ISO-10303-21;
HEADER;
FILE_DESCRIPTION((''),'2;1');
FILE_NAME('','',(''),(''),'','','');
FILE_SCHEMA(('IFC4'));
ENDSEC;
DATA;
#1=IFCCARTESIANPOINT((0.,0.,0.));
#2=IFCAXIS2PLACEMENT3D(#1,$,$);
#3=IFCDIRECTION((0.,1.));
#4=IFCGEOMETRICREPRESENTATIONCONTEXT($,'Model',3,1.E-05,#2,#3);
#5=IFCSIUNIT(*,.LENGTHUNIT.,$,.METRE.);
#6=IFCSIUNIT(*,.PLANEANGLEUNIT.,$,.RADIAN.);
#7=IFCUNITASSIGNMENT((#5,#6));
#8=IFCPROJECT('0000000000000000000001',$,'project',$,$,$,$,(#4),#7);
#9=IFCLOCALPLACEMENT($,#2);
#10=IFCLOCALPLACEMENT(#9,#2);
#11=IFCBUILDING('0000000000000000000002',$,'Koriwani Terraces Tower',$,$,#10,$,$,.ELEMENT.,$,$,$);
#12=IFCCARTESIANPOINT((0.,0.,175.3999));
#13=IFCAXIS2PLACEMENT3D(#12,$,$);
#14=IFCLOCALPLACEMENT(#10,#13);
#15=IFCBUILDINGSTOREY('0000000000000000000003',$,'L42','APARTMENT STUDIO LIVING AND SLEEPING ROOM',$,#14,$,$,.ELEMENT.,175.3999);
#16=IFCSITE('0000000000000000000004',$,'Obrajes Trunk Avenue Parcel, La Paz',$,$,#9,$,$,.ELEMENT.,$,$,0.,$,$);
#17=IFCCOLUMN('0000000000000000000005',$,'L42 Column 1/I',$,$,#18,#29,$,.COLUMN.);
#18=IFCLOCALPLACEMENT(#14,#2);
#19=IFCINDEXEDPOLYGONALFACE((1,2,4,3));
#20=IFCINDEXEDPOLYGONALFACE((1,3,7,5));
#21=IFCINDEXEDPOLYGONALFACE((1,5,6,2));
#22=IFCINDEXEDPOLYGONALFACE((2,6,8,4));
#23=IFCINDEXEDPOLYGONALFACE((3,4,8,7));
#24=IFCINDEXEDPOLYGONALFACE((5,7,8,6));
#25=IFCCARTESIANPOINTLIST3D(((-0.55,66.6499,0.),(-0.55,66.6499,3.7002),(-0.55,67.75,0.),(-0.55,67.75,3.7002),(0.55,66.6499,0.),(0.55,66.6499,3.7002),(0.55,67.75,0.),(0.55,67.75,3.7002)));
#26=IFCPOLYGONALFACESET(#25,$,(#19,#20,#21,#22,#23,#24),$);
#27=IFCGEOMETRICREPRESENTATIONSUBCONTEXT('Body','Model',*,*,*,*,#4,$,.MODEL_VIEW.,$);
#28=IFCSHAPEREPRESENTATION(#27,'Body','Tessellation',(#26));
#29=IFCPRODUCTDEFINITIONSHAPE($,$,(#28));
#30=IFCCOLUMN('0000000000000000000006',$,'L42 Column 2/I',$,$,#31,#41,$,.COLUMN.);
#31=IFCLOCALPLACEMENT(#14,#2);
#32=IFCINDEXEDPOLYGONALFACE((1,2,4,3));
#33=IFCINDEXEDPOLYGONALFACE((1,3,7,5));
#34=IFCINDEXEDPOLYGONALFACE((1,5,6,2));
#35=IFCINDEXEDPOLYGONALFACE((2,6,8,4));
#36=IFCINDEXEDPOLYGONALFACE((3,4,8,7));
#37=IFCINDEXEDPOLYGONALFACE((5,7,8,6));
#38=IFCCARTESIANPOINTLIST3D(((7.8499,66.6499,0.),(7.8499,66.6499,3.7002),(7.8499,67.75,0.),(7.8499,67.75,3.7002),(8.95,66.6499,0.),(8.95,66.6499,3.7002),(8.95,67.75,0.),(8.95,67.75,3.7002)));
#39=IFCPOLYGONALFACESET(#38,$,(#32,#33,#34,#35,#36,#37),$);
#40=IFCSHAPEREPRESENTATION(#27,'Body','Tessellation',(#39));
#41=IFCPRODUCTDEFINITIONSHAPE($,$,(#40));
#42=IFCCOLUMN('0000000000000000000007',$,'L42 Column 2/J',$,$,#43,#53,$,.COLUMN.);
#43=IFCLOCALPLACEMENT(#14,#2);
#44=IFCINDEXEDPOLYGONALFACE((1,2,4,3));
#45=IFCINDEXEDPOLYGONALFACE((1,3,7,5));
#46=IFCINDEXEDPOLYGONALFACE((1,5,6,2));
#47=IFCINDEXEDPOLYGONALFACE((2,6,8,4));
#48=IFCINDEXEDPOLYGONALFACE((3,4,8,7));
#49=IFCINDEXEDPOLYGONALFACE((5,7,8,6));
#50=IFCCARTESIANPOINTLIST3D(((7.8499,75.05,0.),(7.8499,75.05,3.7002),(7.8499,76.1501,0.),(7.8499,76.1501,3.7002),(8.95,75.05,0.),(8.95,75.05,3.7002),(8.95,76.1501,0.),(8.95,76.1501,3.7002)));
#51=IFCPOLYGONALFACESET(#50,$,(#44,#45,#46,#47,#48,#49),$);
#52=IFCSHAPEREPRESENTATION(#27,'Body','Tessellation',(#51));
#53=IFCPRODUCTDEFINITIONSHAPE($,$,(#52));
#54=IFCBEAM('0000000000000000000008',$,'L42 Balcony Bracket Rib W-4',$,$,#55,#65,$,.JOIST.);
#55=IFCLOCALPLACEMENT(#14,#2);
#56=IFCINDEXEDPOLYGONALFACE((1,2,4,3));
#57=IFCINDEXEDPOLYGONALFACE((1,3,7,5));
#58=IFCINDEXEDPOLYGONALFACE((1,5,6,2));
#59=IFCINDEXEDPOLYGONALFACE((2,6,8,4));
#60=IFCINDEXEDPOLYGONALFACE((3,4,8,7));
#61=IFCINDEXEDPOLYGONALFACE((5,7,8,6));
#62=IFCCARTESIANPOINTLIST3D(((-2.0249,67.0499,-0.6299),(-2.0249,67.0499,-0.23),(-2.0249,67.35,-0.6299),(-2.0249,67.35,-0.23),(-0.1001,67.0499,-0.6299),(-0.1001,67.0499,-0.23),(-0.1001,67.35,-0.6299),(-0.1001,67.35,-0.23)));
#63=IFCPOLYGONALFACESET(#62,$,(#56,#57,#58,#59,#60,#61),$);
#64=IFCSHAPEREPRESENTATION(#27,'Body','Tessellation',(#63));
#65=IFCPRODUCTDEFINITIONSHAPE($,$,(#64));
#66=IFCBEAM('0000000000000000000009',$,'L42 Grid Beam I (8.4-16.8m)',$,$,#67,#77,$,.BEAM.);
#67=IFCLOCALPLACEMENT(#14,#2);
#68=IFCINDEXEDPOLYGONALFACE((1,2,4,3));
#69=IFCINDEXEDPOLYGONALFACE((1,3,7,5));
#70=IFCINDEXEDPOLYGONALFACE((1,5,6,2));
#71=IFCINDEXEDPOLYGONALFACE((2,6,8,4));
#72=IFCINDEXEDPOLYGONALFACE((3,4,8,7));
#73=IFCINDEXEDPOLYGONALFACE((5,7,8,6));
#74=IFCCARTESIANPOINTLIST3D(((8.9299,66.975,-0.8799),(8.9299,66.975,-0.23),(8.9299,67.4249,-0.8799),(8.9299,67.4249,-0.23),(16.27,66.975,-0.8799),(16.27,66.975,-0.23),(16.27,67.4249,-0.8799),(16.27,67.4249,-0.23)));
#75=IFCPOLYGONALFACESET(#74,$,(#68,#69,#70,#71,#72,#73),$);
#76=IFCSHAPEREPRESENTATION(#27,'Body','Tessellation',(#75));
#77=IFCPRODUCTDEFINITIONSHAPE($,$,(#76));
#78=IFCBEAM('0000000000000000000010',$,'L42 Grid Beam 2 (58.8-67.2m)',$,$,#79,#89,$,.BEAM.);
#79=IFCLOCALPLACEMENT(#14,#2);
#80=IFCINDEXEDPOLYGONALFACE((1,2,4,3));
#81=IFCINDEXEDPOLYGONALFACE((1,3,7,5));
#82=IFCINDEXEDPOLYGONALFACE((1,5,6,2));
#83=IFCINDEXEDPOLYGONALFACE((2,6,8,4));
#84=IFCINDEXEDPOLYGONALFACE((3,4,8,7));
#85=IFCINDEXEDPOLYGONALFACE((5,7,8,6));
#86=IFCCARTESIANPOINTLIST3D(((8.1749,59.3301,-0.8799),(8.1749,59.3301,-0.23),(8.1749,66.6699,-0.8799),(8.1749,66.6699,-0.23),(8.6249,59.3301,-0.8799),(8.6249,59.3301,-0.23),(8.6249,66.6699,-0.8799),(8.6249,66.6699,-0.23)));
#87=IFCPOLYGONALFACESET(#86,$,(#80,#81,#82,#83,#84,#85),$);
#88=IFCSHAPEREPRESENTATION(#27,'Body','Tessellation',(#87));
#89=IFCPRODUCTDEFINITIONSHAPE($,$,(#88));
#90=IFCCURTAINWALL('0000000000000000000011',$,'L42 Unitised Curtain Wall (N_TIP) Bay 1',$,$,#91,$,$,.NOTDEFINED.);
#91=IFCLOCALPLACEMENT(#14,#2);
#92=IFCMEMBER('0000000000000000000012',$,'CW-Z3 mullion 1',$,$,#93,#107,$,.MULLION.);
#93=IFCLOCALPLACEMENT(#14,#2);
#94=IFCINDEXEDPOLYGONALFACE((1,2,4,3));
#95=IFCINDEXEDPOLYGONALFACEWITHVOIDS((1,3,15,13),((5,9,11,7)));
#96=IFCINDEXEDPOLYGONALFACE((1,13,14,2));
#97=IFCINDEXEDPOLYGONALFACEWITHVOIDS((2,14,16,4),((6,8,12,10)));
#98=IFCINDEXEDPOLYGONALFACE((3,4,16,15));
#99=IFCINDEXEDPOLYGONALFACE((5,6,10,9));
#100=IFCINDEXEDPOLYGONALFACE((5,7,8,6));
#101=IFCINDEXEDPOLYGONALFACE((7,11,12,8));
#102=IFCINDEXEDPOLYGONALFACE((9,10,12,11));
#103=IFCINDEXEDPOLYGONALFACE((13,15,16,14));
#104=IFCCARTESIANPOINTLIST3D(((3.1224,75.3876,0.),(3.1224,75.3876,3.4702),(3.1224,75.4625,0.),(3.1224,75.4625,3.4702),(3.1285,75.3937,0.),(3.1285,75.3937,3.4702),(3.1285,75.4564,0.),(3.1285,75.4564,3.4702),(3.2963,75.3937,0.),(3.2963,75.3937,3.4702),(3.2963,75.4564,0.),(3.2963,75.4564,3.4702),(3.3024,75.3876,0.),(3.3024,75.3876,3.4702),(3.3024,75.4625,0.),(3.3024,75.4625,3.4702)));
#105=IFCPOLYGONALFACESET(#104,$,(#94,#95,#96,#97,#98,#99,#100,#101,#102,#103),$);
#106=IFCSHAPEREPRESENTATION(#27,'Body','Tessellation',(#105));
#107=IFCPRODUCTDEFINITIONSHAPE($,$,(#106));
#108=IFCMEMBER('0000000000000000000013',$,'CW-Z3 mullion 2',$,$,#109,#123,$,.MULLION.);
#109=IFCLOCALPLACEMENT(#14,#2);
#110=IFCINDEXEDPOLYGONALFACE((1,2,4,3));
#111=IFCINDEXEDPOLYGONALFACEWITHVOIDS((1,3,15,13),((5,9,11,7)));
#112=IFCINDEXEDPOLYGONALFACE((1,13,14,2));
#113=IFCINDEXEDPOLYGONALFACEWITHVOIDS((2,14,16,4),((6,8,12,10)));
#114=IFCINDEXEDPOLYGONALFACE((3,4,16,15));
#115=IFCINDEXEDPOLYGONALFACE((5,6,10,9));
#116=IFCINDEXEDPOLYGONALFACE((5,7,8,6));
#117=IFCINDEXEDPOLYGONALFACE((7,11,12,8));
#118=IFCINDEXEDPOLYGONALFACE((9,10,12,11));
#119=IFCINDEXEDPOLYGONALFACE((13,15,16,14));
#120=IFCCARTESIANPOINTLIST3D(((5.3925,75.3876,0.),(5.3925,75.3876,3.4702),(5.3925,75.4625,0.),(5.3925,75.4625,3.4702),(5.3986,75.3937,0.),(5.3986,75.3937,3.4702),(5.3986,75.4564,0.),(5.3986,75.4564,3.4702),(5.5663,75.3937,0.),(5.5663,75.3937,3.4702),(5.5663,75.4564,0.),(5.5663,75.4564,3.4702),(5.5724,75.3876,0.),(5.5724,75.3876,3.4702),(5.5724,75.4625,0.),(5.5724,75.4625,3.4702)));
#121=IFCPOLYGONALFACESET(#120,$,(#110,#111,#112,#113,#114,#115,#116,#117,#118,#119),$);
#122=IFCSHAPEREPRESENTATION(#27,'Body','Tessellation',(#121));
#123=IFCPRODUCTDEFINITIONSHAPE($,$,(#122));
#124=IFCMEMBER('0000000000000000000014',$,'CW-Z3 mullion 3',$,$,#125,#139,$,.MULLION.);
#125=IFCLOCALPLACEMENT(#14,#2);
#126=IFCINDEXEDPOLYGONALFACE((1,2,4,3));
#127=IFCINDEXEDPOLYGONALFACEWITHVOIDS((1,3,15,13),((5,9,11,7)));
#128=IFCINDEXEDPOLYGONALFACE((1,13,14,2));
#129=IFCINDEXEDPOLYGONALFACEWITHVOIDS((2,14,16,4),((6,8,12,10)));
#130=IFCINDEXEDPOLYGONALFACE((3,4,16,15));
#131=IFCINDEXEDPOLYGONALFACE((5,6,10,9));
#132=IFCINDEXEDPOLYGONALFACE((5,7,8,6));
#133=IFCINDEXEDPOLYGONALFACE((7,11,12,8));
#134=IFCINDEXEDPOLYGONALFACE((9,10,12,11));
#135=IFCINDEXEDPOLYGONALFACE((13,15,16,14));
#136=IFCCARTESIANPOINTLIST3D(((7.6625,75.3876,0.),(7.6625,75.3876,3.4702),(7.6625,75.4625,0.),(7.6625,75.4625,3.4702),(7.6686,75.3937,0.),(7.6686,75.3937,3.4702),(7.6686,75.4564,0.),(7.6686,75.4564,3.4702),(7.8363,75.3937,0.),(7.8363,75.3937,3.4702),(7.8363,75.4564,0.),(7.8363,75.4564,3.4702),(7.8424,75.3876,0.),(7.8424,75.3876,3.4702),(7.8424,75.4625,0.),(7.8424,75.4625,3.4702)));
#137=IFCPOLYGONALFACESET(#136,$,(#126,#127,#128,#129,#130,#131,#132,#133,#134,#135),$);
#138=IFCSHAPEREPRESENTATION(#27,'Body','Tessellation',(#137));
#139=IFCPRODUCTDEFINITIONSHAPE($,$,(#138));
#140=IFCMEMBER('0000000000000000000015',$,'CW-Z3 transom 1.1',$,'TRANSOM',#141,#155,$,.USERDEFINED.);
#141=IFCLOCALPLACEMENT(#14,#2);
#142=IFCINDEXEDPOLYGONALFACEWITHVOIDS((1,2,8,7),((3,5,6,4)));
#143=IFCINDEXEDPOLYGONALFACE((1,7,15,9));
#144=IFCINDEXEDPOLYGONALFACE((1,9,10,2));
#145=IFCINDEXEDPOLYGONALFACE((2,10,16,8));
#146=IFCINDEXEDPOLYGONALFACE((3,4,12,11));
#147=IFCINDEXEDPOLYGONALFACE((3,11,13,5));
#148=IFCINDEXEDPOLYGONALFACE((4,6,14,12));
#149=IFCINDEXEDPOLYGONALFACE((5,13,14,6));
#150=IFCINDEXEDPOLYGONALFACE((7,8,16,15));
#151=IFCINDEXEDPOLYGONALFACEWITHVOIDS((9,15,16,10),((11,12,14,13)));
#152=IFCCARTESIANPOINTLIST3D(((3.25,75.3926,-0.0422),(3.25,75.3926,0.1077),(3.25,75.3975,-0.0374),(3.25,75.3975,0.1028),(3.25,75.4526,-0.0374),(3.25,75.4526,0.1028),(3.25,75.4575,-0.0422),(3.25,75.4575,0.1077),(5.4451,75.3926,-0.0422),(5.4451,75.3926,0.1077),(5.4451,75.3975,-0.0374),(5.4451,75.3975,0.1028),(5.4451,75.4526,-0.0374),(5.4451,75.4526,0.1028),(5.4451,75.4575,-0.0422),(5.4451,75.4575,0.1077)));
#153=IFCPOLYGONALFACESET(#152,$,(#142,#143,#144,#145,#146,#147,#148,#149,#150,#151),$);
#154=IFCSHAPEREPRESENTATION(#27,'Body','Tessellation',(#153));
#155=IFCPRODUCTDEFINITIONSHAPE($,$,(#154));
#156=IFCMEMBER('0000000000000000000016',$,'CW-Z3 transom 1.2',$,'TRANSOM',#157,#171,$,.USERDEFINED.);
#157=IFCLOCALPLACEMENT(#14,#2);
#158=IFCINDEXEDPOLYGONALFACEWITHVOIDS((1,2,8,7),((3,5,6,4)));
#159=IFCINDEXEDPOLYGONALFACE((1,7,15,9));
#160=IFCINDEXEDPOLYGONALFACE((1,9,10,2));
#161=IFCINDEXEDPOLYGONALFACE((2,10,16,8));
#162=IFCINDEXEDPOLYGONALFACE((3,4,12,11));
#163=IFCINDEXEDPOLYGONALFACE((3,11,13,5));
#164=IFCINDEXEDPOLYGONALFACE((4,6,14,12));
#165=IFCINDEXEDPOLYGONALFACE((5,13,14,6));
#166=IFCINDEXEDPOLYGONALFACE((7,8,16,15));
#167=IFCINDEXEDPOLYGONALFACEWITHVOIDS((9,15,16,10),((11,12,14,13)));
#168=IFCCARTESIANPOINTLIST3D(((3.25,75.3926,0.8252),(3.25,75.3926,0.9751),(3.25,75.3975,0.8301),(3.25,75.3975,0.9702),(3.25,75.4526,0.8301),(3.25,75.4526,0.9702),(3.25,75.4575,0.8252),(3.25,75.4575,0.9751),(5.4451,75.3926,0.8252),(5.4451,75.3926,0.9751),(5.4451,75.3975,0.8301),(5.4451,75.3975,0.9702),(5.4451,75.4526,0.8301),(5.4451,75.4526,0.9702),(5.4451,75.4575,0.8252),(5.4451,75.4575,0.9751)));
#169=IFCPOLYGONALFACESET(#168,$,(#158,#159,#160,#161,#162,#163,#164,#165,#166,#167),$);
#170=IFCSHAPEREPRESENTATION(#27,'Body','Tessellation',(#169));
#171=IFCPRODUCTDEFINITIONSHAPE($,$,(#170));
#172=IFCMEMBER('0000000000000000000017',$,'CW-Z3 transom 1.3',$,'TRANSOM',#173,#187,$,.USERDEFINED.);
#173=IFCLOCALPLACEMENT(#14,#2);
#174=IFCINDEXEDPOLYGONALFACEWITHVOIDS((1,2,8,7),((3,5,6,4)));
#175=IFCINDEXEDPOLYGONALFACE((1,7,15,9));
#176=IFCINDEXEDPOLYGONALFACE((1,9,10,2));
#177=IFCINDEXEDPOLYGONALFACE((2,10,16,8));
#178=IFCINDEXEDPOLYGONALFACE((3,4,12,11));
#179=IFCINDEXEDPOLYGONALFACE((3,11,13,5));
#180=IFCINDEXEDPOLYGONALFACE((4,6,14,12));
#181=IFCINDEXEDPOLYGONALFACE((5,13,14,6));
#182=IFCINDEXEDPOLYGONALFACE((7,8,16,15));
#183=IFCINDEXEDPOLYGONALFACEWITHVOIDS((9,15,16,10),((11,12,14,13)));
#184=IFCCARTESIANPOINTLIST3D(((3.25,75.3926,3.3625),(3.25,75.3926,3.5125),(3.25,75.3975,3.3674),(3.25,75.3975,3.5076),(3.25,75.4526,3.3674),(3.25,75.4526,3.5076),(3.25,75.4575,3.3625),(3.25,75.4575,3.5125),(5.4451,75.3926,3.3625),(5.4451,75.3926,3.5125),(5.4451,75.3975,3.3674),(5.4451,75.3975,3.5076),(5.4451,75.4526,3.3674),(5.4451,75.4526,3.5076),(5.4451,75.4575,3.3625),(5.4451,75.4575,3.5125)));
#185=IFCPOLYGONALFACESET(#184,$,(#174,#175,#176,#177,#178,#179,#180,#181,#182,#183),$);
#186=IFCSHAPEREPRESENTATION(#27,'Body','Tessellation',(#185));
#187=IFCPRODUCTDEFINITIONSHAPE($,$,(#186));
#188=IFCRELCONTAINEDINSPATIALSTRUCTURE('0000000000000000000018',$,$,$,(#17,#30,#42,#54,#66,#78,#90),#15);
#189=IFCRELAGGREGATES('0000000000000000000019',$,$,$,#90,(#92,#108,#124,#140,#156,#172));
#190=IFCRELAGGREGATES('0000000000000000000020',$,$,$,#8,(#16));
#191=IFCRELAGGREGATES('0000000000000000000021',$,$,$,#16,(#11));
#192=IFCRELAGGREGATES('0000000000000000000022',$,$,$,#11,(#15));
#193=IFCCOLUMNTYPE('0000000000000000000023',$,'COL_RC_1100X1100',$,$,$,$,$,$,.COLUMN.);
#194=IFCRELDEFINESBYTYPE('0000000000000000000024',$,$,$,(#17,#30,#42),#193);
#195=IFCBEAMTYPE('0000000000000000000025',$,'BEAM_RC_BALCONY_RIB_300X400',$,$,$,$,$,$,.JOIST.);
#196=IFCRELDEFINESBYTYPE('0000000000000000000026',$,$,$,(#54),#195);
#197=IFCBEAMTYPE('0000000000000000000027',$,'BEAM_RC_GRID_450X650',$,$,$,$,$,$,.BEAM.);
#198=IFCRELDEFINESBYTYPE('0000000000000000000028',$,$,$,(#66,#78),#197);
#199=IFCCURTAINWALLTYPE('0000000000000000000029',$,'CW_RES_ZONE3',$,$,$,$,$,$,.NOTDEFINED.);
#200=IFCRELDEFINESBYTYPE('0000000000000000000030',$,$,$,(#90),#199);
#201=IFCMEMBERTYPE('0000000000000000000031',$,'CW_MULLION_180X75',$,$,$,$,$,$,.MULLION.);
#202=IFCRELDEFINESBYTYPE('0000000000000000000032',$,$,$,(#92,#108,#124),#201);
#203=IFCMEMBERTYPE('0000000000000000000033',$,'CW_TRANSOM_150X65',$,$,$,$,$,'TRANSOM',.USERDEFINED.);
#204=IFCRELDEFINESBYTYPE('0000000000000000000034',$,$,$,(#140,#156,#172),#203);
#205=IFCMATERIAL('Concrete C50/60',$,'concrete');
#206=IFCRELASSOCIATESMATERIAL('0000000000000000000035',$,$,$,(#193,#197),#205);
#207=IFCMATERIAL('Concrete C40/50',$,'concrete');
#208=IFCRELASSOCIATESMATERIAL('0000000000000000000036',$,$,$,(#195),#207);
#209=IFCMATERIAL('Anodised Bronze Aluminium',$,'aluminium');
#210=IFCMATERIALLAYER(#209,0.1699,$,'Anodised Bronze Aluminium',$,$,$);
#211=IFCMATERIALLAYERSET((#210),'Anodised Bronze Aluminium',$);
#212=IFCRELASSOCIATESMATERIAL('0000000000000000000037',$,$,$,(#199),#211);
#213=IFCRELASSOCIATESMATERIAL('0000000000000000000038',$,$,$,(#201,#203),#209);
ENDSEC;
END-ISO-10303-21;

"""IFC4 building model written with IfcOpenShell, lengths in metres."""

from ifc_helpers import new_model, si_unit, direction, frame, origin, origin_2d, place, context, subcontext, project, spatial, rectangle, hollow_rectangle, extrude, material, layer, layer_set, material_profile, profile_set, type_object, element, aggregate, save


model = new_model("IFC4")

# Units and contexts
model_context = context("Model", 3, precision=1e-05, world=origin(), true_north=direction((0.0, 1.0)))
body_context = subcontext(model_context, "Body", "Model", "MODEL_VIEW")
ifc_project = project(units=[si_unit("LENGTHUNIT", "METRE"), si_unit("PLANEANGLEUNIT", "RADIAN")], contexts=[model_context])

# Site, building, storey
site_placement = place(None, origin())
site = spatial("IfcSite", under=ifc_project, at=site_placement, Name="Obrajes Trunk Avenue Parcel, La Paz", CompositionType="ELEMENT", RefElevation=0.0)
building_placement = place(site_placement, origin())
building = spatial("IfcBuilding", under=site, at=building_placement, Name="Koriwani Terraces Tower", CompositionType="ELEMENT")
storey_placement = place(building_placement, frame((0.0, 0.0, 175.3999)))
storey = spatial("IfcBuildingStorey", under=building, at=storey_placement, Name="L42", Description="APARTMENT STUDIO LIVING AND SLEEPING ROOM", CompositionType="ELEMENT", Elevation=175.3999)

# Columns
ifc_material_1 = material(Name="Concrete C50/60", Category="concrete")
ifc_material_profile_1 = material_profile(ifc_material_1, rectangle(XDim=1.1001, YDim=1.1001, at=origin_2d()), Name="Concrete C50/60", Category="LoadBearing")
ifc_profile_set_1 = profile_set([ifc_material_profile_1], Name="Concrete C50/60")
column_type = type_object("IfcColumnType", Name="COL_RC_1100X1100", PredefinedType="COLUMN", material=ifc_profile_set_1)
for number, where, z_axis, x_axis, name in (
    (1, (0.0, 67.2, 0.0), (0.0, 0.0, 1.0), (1.0, 0.0, 0.0), "L42 Column 1/I"),
    (2, (8.3999, 67.2, 0.0), (0.0, 0.0, 1.0), (1.0, 0.0, 0.0), "L42 Column 2/I"),
    (3, (8.3999, 75.6001, 0.0), (0.0, 0.0, 1.0), (1.0, 0.0, 0.0), "L42 Column 2/J"),
):
    element("IfcColumn", number, at=place(storey_placement, frame(where, z_axis=z_axis, x_axis=x_axis)), inside=storey, type_object=column_type, Name=name, PredefinedType="COLUMN", context=body_context, shape_type="SweptSolid", body=[
        extrude(rectangle(XDim=1.1001, YDim=1.1001, at=origin_2d()), origin(), (0.0, 0.0, 1.0), 3.7002),
    ])

# Beams
ifc_material_2 = material(Name="Concrete C40/50", Category="concrete")
ifc_material_profile_2 = material_profile(ifc_material_2, rectangle(XDim=0.3, YDim=0.3999, at=origin_2d()), Name="Concrete C40/50", Category="LoadBearing")
ifc_profile_set_2 = profile_set([ifc_material_profile_2], Name="Concrete C40/50")
beam_type_1 = type_object("IfcBeamType", Name="BEAM_RC_BALCONY_RIB_300X400", PredefinedType="JOIST", material=ifc_profile_set_2)
beam_1_placement = place(storey_placement, frame((-2.0249, 67.2, -0.4299), z_axis=(1.0, 0.0, 0.0), x_axis=(0.0, 1.0, 0.0)))
element("IfcBeam", 4, at=beam_1_placement, inside=storey, type_object=beam_type_1, Name="L42 Balcony Bracket Rib W-4", PredefinedType="JOIST", context=body_context, shape_type="SweptSolid", body=[
    extrude(rectangle(XDim=0.3, YDim=0.3999, at=origin_2d()), origin(), (0.0, 0.0, 1.0), 1.9248),
])
ifc_material_profile_3 = material_profile(ifc_material_1, rectangle(XDim=0.45, YDim=0.6499, at=origin_2d()), Name="Concrete C50/60", Category="LoadBearing")
ifc_profile_set_3 = profile_set([ifc_material_profile_3], Name="Concrete C50/60")
beam_type_2 = type_object("IfcBeamType", Name="BEAM_RC_GRID_450X650", PredefinedType="BEAM", material=ifc_profile_set_3)
beam_2_placement = place(storey_placement, frame((8.9299, 67.2, -0.5549), z_axis=(1.0, 0.0, 0.0), x_axis=(0.0, 1.0, 0.0)))
element("IfcBeam", 5, at=beam_2_placement, inside=storey, type_object=beam_type_2, Name="L42 Grid Beam I (8.4-16.8m)", PredefinedType="BEAM", context=body_context, shape_type="SweptSolid", body=[
    extrude(rectangle(XDim=0.45, YDim=0.6499, at=origin_2d()), origin(), (0.0, 0.0, 1.0), 7.3401),
])
beam_3_placement = place(storey_placement, frame((8.3999, 59.3301, -0.5549), z_axis=(0.0, 1.0, 0.0), x_axis=(-1.0, 0.0, 0.0)))
element("IfcBeam", 6, at=beam_3_placement, inside=storey, type_object=beam_type_2, Name="L42 Grid Beam 2 (58.8-67.2m)", PredefinedType="BEAM", context=body_context, shape_type="SweptSolid", body=[
    extrude(rectangle(XDim=0.45, YDim=0.6499, at=origin_2d()), origin(), (0.0, 0.0, 1.0), 7.3398),
])

# Curtain wall, members
ifc_material_3 = material(Name="Anodised Bronze Aluminium", Category="aluminium")
ifc_layer_1 = layer(ifc_material_3, 0.1699, Name="Anodised Bronze Aluminium")
ifc_layer_set_1 = layer_set([ifc_layer_1], Name="Anodised Bronze Aluminium")
curtain_wall_type = type_object("IfcCurtainWallType", Name="CW_RES_ZONE3", PredefinedType="NOTDEFINED", material=ifc_layer_set_1)
curtain_wall_placement = place(storey_placement, origin())
curtain_wall = element("IfcCurtainWall", 7, at=curtain_wall_placement, inside=storey, type_object=curtain_wall_type, Name="L42 Unitised Curtain Wall (N_TIP) Bay 1", PredefinedType="NOTDEFINED")
ifc_material_profile_4 = material_profile(ifc_material_3, hollow_rectangle(XDim=0.075, YDim=0.1799, WallThickness=0.0061, at=origin_2d()), Name="Anodised Bronze Aluminium", Category="LoadBearing")
ifc_profile_set_4 = profile_set([ifc_material_profile_4], Name="Anodised Bronze Aluminium")
member_type_1 = type_object("IfcMemberType", Name="CW_MULLION_180X75", PredefinedType="MULLION", material=ifc_profile_set_4)
member_1_placement = place(storey_placement, frame((3.2124, 75.425, 0.0), z_axis=(0.0, 0.0, 1.0), x_axis=(0.0, 1.0, 0.0)))
member_1 = element("IfcMember", 8, at=member_1_placement, type_object=member_type_1, Name="CW-Z3 mullion 1", PredefinedType="MULLION", context=body_context, shape_type="SweptSolid", body=[
    extrude(hollow_rectangle(XDim=0.075, YDim=0.1799, WallThickness=0.0061, at=origin_2d()), origin(), (0.0, 0.0, 1.0), 3.4702),
])
member_2_placement = place(storey_placement, frame((5.4824, 75.425, 0.0), z_axis=(0.0, 0.0, 1.0), x_axis=(0.0, 1.0, 0.0)))
member_2 = element("IfcMember", 9, at=member_2_placement, type_object=member_type_1, Name="CW-Z3 mullion 2", PredefinedType="MULLION", context=body_context, shape_type="SweptSolid", body=[
    extrude(hollow_rectangle(XDim=0.075, YDim=0.1799, WallThickness=0.0061, at=origin_2d()), origin(), (0.0, 0.0, 1.0), 3.4702),
])
member_3_placement = place(storey_placement, frame((7.7524, 75.425, 0.0), z_axis=(0.0, 0.0, 1.0), x_axis=(0.0, 1.0, 0.0)))
member_3 = element("IfcMember", 10, at=member_3_placement, type_object=member_type_1, Name="CW-Z3 mullion 3", PredefinedType="MULLION", context=body_context, shape_type="SweptSolid", body=[
    extrude(hollow_rectangle(XDim=0.075, YDim=0.1799, WallThickness=0.0061, at=origin_2d()), origin(), (0.0, 0.0, 1.0), 3.4702),
])
ifc_material_profile_5 = material_profile(ifc_material_3, hollow_rectangle(XDim=0.0649, YDim=0.1499, WallThickness=0.0049, at=origin_2d()), Name="Anodised Bronze Aluminium", Category="LoadBearing")
ifc_profile_set_5 = profile_set([ifc_material_profile_5], Name="Anodised Bronze Aluminium")
member_type_2 = type_object("IfcMemberType", Name="CW_TRANSOM_150X65", ElementType="TRANSOM", PredefinedType="USERDEFINED", material=ifc_profile_set_5)
member_4_placement = place(storey_placement, frame((3.25, 75.425, 0.0327), z_axis=(1.0, 0.0, 0.0), x_axis=(0.0, 1.0, 0.0)))
member_4 = element("IfcMember", 11, at=member_4_placement, type_object=member_type_2, Name="CW-Z3 transom 1.1", ObjectType="TRANSOM", PredefinedType="USERDEFINED", context=body_context, shape_type="SweptSolid", body=[
    extrude(hollow_rectangle(XDim=0.0649, YDim=0.1499, WallThickness=0.0049, at=origin_2d()), origin(), (0.0, 0.0, 1.0), 2.1951),
])
member_5_placement = place(storey_placement, frame((3.25, 75.425, 0.9001), z_axis=(1.0, 0.0, 0.0), x_axis=(0.0, 1.0, 0.0)))
member_5 = element("IfcMember", 12, at=member_5_placement, type_object=member_type_2, Name="CW-Z3 transom 1.2", ObjectType="TRANSOM", PredefinedType="USERDEFINED", context=body_context, shape_type="SweptSolid", body=[
    extrude(hollow_rectangle(XDim=0.0649, YDim=0.1499, WallThickness=0.0049, at=origin_2d()), origin(), (0.0, 0.0, 1.0), 2.1951),
])
member_6_placement = place(storey_placement, frame((3.25, 75.425, 3.4375), z_axis=(1.0, 0.0, 0.0), x_axis=(0.0, 1.0, 0.0)))
member_6 = element("IfcMember", 13, at=member_6_placement, type_object=member_type_2, Name="CW-Z3 transom 1.3", ObjectType="TRANSOM", PredefinedType="USERDEFINED", context=body_context, shape_type="SweptSolid", body=[
    extrude(hollow_rectangle(XDim=0.0649, YDim=0.1499, WallThickness=0.0049, at=origin_2d()), origin(), (0.0, 0.0, 1.0), 2.1951),
])

aggregate(curtain_wall, [member_1, member_2, member_3, member_4, member_5, member_6])

save(model, "model.ifc")
